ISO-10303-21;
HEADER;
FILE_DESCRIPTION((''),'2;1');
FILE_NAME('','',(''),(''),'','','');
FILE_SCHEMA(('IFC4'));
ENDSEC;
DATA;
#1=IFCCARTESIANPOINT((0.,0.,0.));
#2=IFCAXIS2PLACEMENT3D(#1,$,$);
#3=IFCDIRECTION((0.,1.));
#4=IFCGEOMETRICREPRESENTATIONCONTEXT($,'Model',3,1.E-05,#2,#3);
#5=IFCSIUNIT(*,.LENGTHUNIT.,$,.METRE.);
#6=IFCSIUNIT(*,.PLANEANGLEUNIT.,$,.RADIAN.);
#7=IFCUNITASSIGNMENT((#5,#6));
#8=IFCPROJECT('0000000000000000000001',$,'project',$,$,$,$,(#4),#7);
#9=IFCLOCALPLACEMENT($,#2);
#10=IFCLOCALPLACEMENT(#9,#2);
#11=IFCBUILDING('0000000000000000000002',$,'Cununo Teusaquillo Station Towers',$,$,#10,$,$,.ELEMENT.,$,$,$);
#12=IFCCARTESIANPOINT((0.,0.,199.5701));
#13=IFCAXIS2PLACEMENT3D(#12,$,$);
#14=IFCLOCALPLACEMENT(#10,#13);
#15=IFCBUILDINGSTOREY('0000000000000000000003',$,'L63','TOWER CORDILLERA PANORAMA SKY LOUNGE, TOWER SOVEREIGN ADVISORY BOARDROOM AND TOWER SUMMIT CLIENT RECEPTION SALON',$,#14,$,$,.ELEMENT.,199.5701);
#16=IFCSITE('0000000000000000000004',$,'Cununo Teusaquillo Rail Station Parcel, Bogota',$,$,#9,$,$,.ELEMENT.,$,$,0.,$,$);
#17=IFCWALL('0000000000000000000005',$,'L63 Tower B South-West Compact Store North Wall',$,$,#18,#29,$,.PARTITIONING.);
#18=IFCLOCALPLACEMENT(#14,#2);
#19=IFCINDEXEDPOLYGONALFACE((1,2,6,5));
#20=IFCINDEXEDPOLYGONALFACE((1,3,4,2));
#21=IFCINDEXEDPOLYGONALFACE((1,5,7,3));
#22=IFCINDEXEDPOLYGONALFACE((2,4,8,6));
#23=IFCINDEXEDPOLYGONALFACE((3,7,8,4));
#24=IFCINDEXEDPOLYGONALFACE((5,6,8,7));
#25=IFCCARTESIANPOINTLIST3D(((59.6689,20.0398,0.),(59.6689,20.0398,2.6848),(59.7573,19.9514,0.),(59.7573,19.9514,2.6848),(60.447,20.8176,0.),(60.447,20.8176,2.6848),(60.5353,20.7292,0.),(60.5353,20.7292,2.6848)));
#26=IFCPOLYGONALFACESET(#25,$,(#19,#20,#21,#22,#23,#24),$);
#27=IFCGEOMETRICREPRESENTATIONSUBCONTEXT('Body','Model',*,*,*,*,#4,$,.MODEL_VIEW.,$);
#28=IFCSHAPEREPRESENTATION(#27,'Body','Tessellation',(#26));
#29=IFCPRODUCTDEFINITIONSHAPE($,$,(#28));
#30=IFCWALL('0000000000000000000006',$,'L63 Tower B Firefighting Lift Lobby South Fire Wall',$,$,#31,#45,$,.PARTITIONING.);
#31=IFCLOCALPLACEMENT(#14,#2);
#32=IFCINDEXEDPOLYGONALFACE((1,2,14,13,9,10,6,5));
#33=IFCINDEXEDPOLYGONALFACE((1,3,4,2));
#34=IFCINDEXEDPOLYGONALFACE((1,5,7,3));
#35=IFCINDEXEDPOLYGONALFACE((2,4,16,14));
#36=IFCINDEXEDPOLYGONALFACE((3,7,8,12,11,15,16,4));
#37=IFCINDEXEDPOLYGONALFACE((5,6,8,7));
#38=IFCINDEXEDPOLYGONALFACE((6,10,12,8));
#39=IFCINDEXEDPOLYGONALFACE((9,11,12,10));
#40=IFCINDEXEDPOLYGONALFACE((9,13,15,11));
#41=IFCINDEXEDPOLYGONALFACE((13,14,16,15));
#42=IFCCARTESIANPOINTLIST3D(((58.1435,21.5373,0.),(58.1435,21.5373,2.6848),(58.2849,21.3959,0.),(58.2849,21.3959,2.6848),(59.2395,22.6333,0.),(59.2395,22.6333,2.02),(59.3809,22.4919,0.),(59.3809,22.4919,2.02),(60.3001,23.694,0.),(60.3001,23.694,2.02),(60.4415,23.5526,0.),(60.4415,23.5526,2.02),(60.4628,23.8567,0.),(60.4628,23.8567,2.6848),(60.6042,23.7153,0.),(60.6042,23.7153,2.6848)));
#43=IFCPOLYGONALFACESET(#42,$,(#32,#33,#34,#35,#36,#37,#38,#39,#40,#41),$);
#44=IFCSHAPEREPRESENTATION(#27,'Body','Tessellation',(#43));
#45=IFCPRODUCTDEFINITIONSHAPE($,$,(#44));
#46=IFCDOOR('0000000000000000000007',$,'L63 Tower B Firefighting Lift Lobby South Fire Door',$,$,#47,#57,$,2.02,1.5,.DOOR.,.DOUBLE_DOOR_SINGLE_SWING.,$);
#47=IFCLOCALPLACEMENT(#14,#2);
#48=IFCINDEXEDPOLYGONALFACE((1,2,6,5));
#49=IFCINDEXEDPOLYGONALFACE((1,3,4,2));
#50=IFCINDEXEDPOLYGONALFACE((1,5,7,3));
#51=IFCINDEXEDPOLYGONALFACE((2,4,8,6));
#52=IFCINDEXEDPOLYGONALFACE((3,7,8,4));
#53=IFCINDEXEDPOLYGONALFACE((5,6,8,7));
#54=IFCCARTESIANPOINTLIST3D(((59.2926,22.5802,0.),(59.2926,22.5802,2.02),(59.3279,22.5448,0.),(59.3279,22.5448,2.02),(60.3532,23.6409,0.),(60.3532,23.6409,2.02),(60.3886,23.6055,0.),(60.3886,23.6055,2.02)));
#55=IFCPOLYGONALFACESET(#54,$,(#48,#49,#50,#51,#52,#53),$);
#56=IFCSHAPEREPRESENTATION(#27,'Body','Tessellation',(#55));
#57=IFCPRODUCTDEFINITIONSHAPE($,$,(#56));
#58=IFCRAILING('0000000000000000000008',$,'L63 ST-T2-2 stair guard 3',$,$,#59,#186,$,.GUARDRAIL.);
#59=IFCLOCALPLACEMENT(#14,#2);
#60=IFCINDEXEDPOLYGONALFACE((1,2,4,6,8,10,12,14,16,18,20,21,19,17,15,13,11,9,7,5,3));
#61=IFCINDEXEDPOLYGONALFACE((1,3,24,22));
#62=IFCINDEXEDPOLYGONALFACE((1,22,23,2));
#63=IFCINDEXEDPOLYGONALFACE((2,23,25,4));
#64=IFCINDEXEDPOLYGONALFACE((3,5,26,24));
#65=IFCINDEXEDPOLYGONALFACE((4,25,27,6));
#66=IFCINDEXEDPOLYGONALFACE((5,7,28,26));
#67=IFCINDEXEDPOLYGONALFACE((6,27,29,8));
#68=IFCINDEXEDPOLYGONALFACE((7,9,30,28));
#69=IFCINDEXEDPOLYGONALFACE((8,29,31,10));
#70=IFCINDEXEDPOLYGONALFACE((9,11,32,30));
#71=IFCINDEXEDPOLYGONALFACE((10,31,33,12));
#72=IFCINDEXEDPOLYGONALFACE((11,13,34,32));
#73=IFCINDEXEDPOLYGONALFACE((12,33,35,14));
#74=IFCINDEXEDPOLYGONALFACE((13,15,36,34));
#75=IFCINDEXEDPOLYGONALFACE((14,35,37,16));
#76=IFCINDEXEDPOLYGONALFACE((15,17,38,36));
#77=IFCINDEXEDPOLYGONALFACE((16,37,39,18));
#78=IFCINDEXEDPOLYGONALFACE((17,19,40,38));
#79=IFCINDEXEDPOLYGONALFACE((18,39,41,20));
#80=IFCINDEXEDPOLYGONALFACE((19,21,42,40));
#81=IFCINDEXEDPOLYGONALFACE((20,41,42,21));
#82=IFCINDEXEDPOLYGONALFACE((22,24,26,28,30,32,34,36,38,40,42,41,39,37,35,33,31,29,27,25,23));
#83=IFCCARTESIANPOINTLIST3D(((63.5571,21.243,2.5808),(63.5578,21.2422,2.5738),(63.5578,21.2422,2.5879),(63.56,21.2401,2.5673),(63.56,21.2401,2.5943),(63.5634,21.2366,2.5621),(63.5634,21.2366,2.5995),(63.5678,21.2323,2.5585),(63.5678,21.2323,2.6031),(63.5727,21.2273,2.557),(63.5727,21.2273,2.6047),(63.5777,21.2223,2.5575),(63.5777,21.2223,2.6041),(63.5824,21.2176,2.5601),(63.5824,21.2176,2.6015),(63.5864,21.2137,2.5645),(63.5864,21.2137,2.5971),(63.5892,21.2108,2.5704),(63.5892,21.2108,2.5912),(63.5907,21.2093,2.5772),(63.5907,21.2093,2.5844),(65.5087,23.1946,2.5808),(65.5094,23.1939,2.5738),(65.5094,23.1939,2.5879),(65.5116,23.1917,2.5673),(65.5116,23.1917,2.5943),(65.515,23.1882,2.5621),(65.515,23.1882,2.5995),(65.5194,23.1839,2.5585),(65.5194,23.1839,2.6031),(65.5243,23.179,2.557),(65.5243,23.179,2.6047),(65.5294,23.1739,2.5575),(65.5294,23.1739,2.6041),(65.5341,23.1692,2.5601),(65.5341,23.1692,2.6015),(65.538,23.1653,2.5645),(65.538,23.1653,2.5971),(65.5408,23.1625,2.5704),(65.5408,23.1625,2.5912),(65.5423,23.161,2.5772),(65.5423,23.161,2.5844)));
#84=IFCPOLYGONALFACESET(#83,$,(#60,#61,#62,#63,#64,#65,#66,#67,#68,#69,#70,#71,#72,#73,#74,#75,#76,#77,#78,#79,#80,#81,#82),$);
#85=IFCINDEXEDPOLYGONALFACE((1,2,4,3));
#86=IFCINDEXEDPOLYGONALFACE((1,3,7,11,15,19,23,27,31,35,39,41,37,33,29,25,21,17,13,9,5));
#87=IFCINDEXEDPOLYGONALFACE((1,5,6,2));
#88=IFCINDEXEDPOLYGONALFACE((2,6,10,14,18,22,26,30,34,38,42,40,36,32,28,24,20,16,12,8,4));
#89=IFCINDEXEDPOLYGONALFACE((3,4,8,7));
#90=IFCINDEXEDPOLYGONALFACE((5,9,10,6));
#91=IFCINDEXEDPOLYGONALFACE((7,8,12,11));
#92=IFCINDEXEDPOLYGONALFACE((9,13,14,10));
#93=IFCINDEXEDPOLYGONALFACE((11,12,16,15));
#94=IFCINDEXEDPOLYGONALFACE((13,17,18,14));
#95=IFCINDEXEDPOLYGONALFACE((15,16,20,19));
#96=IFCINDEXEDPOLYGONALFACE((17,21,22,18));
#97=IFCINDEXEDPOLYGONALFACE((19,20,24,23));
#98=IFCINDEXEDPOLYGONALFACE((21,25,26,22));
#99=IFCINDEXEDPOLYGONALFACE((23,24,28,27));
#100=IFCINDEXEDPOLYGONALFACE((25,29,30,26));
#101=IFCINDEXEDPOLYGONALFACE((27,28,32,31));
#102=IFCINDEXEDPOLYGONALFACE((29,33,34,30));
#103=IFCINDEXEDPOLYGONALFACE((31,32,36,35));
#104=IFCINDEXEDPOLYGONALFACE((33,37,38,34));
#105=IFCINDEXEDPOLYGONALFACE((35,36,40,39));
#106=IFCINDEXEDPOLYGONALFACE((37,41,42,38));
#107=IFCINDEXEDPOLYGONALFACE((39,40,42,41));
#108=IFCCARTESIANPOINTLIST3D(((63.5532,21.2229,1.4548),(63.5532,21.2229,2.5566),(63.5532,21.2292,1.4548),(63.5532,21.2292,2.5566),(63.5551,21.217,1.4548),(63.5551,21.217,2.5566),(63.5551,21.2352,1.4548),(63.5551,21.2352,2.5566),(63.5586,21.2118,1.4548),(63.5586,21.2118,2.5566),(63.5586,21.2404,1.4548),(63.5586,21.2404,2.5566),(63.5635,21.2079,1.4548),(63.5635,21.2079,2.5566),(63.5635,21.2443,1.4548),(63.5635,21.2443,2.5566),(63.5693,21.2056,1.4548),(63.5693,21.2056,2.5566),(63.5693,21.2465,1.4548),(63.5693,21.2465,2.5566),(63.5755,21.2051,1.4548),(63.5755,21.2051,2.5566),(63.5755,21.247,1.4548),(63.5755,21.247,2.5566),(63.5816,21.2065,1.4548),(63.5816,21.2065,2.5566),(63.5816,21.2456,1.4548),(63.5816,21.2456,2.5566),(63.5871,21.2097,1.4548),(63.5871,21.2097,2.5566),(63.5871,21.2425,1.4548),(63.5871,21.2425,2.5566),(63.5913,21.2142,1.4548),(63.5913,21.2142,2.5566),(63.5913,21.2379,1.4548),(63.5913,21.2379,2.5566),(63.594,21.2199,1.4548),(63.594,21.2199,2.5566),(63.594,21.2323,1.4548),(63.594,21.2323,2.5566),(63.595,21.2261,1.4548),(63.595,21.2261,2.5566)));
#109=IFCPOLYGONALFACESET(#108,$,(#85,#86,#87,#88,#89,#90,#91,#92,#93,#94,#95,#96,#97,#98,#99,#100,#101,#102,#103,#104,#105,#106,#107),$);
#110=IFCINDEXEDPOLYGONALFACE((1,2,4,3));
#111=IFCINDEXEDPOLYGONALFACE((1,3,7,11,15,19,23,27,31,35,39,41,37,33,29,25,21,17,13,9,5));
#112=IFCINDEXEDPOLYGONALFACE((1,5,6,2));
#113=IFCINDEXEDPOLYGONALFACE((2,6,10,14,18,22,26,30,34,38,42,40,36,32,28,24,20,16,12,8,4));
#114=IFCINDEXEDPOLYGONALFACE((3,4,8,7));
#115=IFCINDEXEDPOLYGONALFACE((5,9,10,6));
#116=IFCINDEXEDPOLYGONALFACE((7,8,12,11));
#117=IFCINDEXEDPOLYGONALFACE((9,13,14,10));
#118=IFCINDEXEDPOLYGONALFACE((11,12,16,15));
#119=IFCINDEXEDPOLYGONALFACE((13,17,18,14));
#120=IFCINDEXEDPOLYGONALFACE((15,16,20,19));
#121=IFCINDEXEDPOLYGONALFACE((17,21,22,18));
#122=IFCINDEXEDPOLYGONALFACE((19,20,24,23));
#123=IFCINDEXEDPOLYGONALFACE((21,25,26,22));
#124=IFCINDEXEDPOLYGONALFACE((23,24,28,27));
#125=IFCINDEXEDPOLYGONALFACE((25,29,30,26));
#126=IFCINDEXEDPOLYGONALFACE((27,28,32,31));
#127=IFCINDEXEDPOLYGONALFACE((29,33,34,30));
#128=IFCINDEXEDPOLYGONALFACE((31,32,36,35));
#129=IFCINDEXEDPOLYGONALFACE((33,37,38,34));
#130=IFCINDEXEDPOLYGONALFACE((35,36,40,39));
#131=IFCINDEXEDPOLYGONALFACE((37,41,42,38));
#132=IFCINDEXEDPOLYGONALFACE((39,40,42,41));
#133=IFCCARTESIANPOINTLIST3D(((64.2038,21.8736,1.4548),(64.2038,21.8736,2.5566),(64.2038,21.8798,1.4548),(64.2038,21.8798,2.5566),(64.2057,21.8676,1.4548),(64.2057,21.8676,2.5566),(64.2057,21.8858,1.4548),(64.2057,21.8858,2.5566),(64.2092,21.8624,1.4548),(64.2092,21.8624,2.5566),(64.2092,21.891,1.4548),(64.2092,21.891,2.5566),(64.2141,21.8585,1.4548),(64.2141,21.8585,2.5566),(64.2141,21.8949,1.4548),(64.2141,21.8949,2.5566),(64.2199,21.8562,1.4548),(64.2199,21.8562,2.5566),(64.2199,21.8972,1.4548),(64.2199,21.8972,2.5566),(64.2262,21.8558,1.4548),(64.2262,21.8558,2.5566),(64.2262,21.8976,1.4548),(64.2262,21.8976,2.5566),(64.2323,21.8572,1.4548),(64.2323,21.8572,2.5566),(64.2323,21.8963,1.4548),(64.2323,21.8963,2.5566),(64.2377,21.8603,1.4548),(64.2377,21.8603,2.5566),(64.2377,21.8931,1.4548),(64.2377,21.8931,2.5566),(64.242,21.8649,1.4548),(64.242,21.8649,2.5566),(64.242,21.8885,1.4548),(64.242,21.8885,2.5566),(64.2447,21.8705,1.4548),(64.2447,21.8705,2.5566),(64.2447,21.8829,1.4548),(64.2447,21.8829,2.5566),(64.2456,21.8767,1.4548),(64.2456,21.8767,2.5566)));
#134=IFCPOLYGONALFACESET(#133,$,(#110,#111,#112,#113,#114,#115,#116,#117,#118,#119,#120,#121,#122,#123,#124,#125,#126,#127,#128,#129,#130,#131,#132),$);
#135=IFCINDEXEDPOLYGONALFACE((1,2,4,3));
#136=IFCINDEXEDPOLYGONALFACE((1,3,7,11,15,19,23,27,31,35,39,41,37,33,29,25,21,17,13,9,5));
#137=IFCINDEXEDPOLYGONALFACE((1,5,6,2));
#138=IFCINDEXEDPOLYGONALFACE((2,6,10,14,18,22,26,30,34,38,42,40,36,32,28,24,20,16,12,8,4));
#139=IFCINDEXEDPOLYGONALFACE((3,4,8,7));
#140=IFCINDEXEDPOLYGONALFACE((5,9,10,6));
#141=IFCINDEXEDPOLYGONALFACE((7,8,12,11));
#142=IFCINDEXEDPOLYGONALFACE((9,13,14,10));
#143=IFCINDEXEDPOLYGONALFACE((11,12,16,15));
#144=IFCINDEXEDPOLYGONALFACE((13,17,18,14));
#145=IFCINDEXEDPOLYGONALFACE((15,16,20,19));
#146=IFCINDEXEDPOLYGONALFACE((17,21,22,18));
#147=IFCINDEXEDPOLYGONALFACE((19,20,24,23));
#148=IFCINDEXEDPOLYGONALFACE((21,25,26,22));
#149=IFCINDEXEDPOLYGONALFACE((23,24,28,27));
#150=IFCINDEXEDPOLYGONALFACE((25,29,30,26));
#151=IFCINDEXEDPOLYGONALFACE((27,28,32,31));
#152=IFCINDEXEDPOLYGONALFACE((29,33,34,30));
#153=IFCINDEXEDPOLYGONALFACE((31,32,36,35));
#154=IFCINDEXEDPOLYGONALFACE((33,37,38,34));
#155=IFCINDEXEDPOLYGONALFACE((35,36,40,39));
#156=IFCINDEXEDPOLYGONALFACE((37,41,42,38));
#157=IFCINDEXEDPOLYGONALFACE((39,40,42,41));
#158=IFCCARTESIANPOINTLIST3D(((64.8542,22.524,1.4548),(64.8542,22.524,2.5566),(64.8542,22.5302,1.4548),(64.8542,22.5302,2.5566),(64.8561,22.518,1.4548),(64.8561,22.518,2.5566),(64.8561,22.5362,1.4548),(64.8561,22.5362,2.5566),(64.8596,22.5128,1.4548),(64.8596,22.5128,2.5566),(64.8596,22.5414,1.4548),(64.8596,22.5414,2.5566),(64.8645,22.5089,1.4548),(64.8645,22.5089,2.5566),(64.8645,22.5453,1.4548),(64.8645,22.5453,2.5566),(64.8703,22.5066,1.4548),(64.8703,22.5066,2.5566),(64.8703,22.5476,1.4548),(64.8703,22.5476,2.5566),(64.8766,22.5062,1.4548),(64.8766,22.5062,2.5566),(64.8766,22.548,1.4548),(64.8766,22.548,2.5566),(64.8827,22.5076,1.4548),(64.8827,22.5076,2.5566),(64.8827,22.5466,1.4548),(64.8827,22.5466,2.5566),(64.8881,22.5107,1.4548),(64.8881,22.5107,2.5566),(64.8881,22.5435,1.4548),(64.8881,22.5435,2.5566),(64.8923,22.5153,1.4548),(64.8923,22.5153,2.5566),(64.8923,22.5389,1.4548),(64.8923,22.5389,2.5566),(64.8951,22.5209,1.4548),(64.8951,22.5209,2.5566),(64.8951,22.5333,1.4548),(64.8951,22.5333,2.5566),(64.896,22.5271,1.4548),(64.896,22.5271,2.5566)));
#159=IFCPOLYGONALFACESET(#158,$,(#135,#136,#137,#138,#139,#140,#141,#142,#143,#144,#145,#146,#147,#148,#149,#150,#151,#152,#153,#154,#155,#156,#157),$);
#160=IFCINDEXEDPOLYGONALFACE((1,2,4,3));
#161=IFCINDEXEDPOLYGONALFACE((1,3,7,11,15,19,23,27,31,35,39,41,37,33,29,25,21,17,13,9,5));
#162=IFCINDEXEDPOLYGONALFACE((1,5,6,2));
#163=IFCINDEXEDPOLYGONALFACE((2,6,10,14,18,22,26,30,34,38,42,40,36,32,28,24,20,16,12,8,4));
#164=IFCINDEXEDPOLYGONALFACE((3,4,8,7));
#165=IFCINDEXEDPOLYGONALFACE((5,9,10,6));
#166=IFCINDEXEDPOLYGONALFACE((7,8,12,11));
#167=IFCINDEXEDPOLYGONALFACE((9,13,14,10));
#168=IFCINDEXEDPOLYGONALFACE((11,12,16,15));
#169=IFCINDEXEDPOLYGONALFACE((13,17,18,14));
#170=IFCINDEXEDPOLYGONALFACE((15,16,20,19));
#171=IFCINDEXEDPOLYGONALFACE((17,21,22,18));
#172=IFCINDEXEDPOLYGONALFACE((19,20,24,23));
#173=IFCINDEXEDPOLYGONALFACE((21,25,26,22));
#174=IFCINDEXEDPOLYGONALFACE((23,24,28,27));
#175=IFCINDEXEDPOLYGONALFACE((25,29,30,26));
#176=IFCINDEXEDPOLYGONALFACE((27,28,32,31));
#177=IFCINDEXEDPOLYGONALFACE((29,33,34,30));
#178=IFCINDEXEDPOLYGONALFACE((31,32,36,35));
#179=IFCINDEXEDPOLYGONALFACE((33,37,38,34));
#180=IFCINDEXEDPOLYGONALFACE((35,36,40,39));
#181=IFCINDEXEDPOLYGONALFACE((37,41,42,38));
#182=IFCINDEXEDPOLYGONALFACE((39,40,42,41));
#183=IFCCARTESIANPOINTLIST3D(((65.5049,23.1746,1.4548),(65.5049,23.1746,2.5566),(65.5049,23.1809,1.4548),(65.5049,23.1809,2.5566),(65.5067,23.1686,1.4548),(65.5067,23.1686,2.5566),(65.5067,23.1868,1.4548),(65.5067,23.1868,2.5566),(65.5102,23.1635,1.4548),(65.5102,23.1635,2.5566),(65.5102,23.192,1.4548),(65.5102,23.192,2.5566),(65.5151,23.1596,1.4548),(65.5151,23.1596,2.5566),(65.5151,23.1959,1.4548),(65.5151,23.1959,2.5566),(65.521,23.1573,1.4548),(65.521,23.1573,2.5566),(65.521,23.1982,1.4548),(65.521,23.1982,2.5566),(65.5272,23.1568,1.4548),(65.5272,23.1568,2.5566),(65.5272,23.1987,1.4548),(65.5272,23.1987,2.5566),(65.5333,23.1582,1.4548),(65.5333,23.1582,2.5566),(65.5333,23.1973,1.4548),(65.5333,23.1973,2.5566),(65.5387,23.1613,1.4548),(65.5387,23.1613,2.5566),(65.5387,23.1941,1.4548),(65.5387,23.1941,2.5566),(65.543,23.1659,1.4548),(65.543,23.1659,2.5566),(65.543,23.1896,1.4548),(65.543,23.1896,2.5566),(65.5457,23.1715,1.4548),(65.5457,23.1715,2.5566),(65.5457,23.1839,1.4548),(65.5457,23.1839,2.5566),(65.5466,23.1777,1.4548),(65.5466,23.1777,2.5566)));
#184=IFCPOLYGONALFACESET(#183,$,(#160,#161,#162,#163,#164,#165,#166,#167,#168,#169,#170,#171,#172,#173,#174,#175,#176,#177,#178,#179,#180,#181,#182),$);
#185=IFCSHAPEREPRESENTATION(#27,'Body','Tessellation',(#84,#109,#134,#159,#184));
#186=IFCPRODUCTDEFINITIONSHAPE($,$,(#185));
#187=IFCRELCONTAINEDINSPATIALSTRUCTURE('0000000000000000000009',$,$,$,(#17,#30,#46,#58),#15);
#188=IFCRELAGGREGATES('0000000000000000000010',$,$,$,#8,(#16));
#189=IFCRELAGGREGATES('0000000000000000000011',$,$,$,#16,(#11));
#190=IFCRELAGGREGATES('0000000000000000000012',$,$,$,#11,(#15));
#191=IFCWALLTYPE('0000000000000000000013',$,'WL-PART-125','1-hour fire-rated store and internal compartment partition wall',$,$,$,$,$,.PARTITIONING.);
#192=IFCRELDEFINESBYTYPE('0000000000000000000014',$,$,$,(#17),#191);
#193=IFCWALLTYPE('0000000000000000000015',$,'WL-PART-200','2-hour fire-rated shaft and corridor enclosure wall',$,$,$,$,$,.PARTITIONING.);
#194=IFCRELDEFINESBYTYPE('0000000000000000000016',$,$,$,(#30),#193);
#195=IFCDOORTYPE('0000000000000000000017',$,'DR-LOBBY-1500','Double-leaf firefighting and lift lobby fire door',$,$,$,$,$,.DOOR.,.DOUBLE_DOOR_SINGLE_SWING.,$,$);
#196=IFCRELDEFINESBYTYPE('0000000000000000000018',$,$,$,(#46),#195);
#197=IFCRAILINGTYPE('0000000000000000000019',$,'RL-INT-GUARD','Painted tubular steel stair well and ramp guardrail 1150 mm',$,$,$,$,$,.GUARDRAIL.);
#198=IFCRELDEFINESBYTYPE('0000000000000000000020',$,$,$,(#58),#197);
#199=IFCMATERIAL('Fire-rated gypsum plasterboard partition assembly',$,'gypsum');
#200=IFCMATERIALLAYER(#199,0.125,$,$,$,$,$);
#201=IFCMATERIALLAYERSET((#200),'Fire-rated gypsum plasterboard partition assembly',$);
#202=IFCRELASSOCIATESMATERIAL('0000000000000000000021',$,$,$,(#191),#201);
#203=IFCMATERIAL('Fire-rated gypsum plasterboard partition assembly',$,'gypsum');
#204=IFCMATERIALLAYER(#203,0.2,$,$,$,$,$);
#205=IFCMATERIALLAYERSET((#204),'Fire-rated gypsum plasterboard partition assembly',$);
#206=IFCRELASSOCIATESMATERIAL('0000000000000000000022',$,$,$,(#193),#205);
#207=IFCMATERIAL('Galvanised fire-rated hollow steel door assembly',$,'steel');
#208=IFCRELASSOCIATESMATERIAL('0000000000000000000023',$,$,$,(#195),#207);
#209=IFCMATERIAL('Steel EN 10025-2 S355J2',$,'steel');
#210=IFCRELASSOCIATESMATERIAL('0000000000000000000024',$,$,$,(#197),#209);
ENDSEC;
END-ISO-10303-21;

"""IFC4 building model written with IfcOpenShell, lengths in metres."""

from ifc_helpers import new_model, si_unit, direction, frame, frame_2d, origin, origin_2d, place, context, subcontext, project, spatial, rectangle, circle, extrude, source, transform, mapped, material, layer, layer_set, type_object, element, fill, save


model = new_model("IFC4")

# Units and contexts
model_context = context("Model", 3, precision=1e-05, world=origin(), true_north=direction((0.0, 1.0)))
body_context = subcontext(model_context, "Body", "Model", "MODEL_VIEW")
ifc_project = project(units=[si_unit("LENGTHUNIT", "METRE"), si_unit("PLANEANGLEUNIT", "RADIAN")], contexts=[model_context])

# Site, building, storey
site_placement = place(None, origin())
site = spatial("IfcSite", under=ifc_project, at=site_placement, Name="Cununo Teusaquillo Rail Station Parcel, Bogota", CompositionType="ELEMENT", RefElevation=0.0)
building_placement = place(site_placement, origin())
building = spatial("IfcBuilding", under=site, at=building_placement, Name="Cununo Teusaquillo Station Towers", CompositionType="ELEMENT")
storey_placement = place(building_placement, frame((0.0, 0.0, 199.5701)))
storey = spatial("IfcBuildingStorey", under=building, at=storey_placement, Name="L63", Description="TOWER CORDILLERA PANORAMA SKY LOUNGE, TOWER SOVEREIGN ADVISORY BOARDROOM AND TOWER SUMMIT CLIENT RECEPTION SALON", CompositionType="ELEMENT", Elevation=199.5701)

# Shared definitions
ifc_material_1 = material(Name="Fire-rated gypsum plasterboard partition assembly", Category="gypsum")
ifc_layer_1 = layer(ifc_material_1, 0.125)
ifc_layer_set_1 = layer_set([ifc_layer_1], Name="Fire-rated gypsum plasterboard partition assembly")
wall_type_1 = type_object("IfcWallType", Name="WL-PART-125", Description="1-hour fire-rated store and internal compartment partition wall", PredefinedType="PARTITIONING", material=ifc_layer_set_1)

# Wall
wall_1_placement = place(storey_placement, frame((59.7131, 19.9956, 0.0), z_axis=(0.0, 0.0, 1.0), x_axis=(0.707218, 0.706996, 0.0)))
element("IfcWall", 1, at=wall_1_placement, inside=storey, type_object=wall_type_1, Name="L63 Tower B South-West Compact Store North Wall", PredefinedType="PARTITIONING", context=body_context, shape_type="SweptSolid", body=[
    extrude(rectangle(XDim=1.1001, YDim=0.125, at=frame_2d((0.55, 0.0))), origin(), (0.0, 0.0, 1.0), 2.6848),
])

# Wall, opening, door
ifc_material_2 = material(Name="Fire-rated gypsum plasterboard partition assembly", Category="gypsum")
ifc_layer_2 = layer(ifc_material_2, 0.2)
ifc_layer_set_2 = layer_set([ifc_layer_2], Name="Fire-rated gypsum plasterboard partition assembly")
wall_type_2 = type_object("IfcWallType", Name="WL-PART-200", Description="2-hour fire-rated shaft and corridor enclosure wall", PredefinedType="PARTITIONING", material=ifc_layer_set_2)
wall_2_placement = place(storey_placement, frame((58.2141, 21.4666, 0.0), z_axis=(0.0, 0.0, 1.0), x_axis=(0.707107, 0.707107, 0.0)))
wall_2 = element("IfcWall", 2, at=wall_2_placement, inside=storey, type_object=wall_type_2, Name="L63 Tower B Firefighting Lift Lobby South Fire Wall", PredefinedType="PARTITIONING", context=body_context, shape_type="SweptSolid", body=[
    extrude(rectangle(XDim=3.28, YDim=0.2, at=frame_2d((1.6401, 0.0))), origin(), (0.0, 0.0, 1.0), 2.6848),
])
shared_shape_1 = source(origin(), body_context, "Body", "SweptSolid", [
    extrude(rectangle(XDim=1.5, YDim=2.02, at=frame_2d((0.75, 1.01))), frame((0.0, 0.1099, 0.0), z_axis=(0.0, -1.0, 0.0), x_axis=(1.0, 0.0, 0.0)), (0.0, 0.0, 1.0), 0.22),
])
opening_1_placement = place(wall_2_placement, frame((1.55, 0.0, 0.0)))
opening_1 = element("IfcOpeningElement", 3, at=opening_1_placement, cuts=wall_2, PredefinedType="OPENING", context=body_context, shape_type="MappedRepresentation", body=[
    mapped(shared_shape_1, transform((0.0, 0.0, 0.0), x_axis=(1.0, 0.0, 0.0), y_axis=(0.0, 1.0, 0.0), z_axis=(0.0, 0.0, 1.0), scale=1.0)),
])
ifc_material_3 = material(Name="Galvanised fire-rated hollow steel door assembly", Category="steel")
door_type_1 = type_object("IfcDoorType", Name="DR-LOBBY-1500", Description="Double-leaf firefighting and lift lobby fire door", OperationType="DOUBLE_DOOR_SINGLE_SWING", PredefinedType="DOOR", material=ifc_material_3)
shared_shape_2 = source(origin(), body_context, "Body", "SweptSolid", [
    extrude(rectangle(XDim=1.5, YDim=2.02, at=frame_2d((0.75, 1.01))), frame((0.0, 0.0249, 0.0), z_axis=(0.0, -1.0, 0.0), x_axis=(1.0, 0.0, 0.0)), (0.0, 0.0, 1.0), 0.05),
])
door_1_placement = place(opening_1_placement, origin())
door_1 = element("IfcDoor", 4, at=door_1_placement, inside=storey, type_object=door_type_1, Name="L63 Tower B Firefighting Lift Lobby South Fire Door", OperationType="DOUBLE_DOOR_SINGLE_SWING", OverallHeight=2.02, OverallWidth=1.5, PredefinedType="DOOR", context=body_context, shape_type="MappedRepresentation", body=[
    mapped(shared_shape_2, transform((0.0, 0.0, 0.0), x_axis=(1.0, 0.0, 0.0), y_axis=(0.0, 1.0, 0.0), z_axis=(0.0, 0.0, 1.0), scale=1.0)),
])
fill(opening_1, door_1)

# Railing
ifc_material_4 = material(Name="Steel EN 10025-2 S355J2", Category="steel")
railing_type = type_object("IfcRailingType", Name="RL-INT-GUARD", Description="Painted tubular steel stair well and ramp guardrail 1150 mm", PredefinedType="GUARDRAIL", material=ifc_material_4)
railing_1_placement = place(storey_placement, frame((63.574, 21.2261, 1.4548)))
element("IfcRailing", 5, at=railing_1_placement, inside=storey, type_object=railing_type, Name="L63 ST-T2-2 stair guard 3", PredefinedType="GUARDRAIL", context=body_context, shape_type="SweptSolid", body=[
    extrude(circle(Radius=0.0239, at=origin_2d()), frame((0.0, 0.0, 1.126), z_axis=(0.707107, 0.707107, 0.0), x_axis=(-0.707107, 0.707107, 0.0)), (0.0, 0.0, 1.0), 2.76),
    extrude(circle(Radius=0.021, at=origin_2d()), origin(), (0.0, 0.0, 1.0), 1.1018),
    extrude(circle(Radius=0.021, at=origin_2d()), frame((0.6506, 0.6506, 0.0)), (0.0, 0.0, 1.0), 1.1018),
    extrude(circle(Radius=0.021, at=origin_2d()), frame((1.301, 1.301, 0.0)), (0.0, 0.0, 1.0), 1.1018),
    extrude(circle(Radius=0.021, at=origin_2d()), frame((1.9517, 1.9517, 0.0)), (0.0, 0.0, 1.0), 1.1018),
])

save(model, "model.ifc")
